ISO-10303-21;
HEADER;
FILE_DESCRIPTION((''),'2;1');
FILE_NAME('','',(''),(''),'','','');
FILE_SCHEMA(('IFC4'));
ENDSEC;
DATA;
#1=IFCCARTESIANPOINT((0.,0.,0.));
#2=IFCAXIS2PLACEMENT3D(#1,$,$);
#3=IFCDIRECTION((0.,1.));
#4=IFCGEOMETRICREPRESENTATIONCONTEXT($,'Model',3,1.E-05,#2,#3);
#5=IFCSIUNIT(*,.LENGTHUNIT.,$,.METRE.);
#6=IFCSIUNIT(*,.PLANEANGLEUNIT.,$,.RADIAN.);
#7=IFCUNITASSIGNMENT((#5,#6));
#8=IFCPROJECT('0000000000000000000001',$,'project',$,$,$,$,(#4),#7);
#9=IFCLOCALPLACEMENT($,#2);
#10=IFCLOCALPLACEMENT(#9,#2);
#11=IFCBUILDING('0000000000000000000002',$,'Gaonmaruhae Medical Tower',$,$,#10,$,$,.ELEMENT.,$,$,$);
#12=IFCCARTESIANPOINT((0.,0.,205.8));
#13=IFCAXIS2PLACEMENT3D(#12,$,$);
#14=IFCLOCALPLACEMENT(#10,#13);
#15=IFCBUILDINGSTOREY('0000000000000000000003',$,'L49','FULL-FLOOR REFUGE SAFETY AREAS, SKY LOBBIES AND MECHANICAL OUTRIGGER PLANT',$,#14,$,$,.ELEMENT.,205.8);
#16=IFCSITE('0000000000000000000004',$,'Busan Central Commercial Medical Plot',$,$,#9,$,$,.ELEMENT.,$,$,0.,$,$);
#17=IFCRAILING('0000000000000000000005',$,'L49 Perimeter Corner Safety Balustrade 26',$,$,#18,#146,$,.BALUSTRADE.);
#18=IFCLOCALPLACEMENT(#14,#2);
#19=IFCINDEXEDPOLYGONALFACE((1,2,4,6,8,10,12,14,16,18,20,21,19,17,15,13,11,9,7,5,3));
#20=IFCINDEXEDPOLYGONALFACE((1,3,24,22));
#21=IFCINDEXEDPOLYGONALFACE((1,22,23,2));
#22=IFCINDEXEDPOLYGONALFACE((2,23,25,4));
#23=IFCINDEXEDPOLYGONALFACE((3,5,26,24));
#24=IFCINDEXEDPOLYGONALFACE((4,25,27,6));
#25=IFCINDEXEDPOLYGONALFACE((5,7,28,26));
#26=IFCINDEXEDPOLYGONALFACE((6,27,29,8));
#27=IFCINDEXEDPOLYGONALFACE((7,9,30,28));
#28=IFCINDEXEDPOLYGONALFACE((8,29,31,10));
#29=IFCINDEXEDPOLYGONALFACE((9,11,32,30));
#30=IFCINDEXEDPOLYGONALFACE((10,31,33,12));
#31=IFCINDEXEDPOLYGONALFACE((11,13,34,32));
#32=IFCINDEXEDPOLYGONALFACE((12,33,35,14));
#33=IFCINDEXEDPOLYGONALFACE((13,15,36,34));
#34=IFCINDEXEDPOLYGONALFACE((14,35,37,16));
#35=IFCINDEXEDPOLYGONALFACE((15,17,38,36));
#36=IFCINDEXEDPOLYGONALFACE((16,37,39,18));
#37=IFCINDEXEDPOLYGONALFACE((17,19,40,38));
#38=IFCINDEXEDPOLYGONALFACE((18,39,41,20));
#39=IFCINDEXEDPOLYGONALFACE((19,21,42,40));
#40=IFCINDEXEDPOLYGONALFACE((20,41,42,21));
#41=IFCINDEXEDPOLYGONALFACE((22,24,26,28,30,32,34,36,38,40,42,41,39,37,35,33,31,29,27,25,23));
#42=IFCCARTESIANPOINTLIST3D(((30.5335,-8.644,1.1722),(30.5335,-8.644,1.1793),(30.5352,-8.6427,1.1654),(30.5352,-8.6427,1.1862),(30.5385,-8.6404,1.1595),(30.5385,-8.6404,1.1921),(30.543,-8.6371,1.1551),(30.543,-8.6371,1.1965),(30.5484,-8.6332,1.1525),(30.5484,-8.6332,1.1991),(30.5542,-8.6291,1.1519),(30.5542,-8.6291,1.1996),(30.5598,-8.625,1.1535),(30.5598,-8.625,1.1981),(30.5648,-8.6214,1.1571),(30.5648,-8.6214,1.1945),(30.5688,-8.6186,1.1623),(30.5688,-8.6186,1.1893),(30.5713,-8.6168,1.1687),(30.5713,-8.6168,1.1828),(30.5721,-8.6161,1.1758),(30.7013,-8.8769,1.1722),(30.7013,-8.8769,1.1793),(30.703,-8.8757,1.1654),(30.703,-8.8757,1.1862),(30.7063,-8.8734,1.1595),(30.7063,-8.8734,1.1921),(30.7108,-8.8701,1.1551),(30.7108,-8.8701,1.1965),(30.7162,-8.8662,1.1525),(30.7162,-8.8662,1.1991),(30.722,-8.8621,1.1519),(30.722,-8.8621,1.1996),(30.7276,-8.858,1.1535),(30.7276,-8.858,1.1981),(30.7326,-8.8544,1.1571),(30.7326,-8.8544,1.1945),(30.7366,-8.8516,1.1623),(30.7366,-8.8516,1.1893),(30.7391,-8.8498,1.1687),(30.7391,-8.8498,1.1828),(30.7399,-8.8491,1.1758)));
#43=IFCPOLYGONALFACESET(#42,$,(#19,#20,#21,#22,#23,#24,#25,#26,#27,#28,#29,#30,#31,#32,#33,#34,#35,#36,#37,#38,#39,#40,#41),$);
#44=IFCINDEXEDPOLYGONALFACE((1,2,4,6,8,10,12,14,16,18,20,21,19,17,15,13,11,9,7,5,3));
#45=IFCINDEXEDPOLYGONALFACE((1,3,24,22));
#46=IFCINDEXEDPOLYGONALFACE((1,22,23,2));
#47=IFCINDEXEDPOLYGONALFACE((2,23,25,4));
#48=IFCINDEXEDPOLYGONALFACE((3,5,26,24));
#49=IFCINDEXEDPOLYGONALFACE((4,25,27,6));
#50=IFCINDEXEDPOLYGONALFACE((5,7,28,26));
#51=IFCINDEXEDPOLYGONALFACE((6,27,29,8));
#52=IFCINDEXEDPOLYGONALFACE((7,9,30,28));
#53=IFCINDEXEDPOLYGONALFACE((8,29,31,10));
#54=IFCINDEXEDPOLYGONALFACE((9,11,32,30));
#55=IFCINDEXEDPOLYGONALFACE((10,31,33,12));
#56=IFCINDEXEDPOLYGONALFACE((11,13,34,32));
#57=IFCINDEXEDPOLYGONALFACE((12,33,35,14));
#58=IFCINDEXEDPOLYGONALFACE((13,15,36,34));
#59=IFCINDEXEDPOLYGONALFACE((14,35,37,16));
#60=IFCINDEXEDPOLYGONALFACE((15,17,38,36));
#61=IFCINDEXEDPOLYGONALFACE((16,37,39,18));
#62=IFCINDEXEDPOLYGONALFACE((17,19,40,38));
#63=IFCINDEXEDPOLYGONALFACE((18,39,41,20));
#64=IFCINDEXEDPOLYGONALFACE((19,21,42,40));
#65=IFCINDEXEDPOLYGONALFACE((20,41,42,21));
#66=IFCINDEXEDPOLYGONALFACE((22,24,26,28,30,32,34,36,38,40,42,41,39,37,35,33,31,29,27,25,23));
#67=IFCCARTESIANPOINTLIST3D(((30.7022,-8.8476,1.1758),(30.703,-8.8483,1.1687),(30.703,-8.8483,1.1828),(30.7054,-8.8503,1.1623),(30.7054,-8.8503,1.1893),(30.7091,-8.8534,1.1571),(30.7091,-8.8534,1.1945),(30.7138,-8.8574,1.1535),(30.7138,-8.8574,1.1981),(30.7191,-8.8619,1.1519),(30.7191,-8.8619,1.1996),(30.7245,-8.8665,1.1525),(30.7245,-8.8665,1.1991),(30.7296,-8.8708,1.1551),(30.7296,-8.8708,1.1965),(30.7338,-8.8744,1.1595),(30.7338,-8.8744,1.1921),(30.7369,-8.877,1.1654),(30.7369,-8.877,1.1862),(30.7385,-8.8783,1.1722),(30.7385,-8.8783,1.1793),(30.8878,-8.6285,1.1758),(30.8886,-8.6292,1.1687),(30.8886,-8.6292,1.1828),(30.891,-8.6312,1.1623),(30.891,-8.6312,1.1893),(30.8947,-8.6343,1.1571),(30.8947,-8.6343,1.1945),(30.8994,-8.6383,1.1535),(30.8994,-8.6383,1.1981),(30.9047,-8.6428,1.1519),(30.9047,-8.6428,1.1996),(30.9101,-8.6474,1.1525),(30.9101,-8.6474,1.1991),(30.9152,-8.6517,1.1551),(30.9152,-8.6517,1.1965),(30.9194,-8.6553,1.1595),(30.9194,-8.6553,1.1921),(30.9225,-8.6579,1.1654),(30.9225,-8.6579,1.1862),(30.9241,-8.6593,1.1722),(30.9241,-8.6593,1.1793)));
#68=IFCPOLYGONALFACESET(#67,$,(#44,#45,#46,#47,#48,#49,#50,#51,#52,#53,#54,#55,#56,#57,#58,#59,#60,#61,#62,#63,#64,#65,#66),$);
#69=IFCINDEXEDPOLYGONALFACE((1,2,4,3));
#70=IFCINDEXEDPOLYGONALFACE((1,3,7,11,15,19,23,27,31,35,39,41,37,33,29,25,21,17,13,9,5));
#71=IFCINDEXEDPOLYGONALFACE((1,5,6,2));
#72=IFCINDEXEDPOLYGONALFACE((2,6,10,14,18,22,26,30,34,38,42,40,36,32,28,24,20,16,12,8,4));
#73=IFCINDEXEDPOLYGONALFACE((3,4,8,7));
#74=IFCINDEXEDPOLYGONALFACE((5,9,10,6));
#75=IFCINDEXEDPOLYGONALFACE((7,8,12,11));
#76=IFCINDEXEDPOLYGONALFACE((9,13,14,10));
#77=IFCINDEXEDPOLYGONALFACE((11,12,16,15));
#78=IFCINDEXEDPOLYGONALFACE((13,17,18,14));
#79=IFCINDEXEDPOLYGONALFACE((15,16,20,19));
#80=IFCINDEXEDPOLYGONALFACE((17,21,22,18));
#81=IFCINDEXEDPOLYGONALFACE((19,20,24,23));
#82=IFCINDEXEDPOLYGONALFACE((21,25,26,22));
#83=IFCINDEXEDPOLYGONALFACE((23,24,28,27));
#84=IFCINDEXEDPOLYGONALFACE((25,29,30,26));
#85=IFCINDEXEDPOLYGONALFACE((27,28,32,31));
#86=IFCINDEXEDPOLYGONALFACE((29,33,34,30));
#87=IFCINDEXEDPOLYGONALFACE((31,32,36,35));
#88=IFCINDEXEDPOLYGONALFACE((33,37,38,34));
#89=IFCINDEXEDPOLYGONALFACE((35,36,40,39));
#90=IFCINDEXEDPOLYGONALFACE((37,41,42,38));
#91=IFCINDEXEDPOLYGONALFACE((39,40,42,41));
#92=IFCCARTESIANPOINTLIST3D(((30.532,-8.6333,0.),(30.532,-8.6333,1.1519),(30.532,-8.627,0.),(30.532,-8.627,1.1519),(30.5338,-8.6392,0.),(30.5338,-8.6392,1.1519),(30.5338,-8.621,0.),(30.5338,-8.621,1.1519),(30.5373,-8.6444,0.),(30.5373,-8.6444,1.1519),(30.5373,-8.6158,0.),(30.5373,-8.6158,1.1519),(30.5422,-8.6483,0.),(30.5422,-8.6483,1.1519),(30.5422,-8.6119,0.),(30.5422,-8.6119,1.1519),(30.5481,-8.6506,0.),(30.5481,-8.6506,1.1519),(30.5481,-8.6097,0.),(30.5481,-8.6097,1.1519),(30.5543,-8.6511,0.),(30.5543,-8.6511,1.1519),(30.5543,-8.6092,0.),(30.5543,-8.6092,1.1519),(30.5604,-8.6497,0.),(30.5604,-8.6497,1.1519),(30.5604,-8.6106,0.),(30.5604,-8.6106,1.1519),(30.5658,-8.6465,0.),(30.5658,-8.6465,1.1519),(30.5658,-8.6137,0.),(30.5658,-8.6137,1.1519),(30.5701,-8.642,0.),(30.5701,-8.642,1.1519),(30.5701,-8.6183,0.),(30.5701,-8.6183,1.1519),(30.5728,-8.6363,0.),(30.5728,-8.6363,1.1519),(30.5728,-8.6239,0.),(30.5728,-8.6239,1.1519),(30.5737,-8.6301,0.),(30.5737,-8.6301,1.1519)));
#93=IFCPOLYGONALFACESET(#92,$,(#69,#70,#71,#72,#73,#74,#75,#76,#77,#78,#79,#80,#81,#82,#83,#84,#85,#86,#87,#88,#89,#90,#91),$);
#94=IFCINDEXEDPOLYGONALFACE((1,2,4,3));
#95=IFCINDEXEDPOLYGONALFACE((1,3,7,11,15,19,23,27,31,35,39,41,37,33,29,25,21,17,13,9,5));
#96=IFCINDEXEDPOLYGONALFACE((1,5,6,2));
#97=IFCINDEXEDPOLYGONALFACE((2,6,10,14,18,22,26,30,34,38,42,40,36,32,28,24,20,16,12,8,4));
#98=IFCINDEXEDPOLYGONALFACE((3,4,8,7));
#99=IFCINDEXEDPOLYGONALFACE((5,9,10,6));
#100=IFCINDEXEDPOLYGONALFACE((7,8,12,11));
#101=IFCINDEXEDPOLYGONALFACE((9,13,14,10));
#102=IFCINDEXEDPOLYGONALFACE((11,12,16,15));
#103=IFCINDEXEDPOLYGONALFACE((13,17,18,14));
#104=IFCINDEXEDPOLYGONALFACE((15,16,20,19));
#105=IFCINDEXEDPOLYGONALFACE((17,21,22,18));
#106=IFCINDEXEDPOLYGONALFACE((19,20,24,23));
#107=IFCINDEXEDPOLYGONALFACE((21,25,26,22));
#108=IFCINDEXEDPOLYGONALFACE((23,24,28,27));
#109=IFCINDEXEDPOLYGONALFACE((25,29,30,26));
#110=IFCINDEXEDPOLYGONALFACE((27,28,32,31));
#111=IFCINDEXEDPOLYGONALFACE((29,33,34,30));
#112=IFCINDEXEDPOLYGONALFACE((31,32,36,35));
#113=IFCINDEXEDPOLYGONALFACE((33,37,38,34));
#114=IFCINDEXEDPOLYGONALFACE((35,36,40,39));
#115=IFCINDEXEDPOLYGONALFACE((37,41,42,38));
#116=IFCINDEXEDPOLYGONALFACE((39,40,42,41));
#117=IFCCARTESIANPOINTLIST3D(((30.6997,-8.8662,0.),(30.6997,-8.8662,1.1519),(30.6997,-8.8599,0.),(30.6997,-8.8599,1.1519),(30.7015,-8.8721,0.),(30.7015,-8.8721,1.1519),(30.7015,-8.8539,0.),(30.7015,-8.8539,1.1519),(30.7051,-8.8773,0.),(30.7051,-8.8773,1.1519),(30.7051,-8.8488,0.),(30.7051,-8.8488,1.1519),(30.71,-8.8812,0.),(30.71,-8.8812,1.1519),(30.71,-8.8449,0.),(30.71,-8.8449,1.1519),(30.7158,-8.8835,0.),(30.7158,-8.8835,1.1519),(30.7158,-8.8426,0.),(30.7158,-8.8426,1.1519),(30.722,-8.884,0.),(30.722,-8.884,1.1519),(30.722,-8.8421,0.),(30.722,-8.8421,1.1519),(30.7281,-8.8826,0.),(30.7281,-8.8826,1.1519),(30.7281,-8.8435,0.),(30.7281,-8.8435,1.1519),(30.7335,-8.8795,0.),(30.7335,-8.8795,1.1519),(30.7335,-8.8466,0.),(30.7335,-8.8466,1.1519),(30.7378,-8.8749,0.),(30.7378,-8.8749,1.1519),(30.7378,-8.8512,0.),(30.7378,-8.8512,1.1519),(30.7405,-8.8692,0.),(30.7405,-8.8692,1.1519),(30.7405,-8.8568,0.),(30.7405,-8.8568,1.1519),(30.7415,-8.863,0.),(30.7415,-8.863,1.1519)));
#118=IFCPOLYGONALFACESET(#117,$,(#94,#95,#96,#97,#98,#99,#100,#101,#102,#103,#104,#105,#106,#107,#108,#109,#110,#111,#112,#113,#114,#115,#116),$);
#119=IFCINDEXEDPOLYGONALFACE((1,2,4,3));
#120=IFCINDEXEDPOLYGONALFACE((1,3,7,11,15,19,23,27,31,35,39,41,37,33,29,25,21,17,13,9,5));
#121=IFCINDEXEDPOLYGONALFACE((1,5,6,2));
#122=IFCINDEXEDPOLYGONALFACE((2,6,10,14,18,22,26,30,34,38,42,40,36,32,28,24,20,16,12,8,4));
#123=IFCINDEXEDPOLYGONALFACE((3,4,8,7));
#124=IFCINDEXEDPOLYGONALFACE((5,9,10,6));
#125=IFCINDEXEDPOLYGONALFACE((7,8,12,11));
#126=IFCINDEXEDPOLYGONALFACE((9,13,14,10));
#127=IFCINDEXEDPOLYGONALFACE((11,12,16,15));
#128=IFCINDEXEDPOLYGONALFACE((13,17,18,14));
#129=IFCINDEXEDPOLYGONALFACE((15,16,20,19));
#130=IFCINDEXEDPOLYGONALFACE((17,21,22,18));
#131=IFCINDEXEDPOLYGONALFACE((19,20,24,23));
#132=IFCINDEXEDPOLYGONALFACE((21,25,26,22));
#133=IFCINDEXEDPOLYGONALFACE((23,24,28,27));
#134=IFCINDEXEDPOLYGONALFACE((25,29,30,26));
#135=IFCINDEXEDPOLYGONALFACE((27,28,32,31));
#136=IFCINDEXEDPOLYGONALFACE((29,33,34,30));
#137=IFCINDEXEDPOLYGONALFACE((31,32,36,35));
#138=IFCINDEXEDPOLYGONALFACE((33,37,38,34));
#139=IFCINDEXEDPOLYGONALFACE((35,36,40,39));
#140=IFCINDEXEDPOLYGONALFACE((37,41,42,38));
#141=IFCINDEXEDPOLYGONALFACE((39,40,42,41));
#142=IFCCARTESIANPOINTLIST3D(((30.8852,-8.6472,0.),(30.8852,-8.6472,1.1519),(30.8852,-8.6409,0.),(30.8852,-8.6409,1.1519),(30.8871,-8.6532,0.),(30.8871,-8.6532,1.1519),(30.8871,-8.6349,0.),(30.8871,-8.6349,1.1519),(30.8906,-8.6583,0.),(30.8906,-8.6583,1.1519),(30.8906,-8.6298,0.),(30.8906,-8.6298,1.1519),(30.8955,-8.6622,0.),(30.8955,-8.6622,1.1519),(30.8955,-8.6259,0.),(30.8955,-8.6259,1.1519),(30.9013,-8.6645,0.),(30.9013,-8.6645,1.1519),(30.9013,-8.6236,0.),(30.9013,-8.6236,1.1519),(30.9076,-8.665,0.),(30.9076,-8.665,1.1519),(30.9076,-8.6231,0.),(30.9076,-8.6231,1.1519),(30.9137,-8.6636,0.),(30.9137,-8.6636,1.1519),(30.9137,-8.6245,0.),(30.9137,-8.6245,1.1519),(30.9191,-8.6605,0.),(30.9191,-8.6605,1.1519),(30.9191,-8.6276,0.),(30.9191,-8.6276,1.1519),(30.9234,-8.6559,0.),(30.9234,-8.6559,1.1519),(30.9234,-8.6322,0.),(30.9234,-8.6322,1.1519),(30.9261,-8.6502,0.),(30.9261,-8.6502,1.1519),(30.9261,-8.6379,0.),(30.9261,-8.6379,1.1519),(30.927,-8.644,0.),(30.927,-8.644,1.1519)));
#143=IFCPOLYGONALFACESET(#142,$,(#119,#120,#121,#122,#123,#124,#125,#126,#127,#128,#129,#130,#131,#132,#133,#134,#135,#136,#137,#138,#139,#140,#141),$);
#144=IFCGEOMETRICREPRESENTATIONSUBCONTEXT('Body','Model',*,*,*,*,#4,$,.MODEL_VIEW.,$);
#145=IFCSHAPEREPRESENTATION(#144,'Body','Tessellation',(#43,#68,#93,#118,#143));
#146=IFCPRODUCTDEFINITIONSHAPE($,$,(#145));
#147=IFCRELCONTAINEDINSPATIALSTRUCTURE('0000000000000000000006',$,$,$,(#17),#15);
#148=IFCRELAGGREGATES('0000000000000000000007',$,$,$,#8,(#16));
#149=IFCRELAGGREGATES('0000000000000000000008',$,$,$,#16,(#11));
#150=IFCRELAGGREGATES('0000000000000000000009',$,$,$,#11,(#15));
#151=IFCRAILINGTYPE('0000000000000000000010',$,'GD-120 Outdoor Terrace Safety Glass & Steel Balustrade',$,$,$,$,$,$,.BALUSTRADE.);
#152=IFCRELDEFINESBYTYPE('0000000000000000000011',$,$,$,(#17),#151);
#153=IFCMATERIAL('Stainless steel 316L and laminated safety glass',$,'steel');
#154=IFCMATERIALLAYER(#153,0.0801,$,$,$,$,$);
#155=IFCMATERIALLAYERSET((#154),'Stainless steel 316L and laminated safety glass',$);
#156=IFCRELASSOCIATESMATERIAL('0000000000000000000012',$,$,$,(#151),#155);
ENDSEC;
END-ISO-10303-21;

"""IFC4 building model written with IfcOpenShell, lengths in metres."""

from ifc_helpers import new_model, si_unit, direction, frame, origin, origin_2d, place, context, subcontext, project, spatial, circle, extrude, material, layer, layer_set, type_object, element, save


model = new_model("IFC4")

# Units and contexts
model_context = context("Model", 3, precision=1e-05, world=origin(), true_north=direction((0.0, 1.0)))
body_context = subcontext(model_context, "Body", "Model", "MODEL_VIEW")
ifc_project = project(units=[si_unit("LENGTHUNIT", "METRE"), si_unit("PLANEANGLEUNIT", "RADIAN")], contexts=[model_context])

# Site, building, storey
site_placement = place(None, origin())
site = spatial("IfcSite", under=ifc_project, at=site_placement, Name="Busan Central Commercial Medical Plot", CompositionType="ELEMENT", RefElevation=0.0)
building_placement = place(site_placement, origin())
building = spatial("IfcBuilding", under=site, at=building_placement, Name="Gaonmaruhae Medical Tower", CompositionType="ELEMENT")
storey_placement = place(building_placement, frame((0.0, 0.0, 205.8)))
storey = spatial("IfcBuildingStorey", under=building, at=storey_placement, Name="L49", Description="FULL-FLOOR REFUGE SAFETY AREAS, SKY LOBBIES AND MECHANICAL OUTRIGGER PLANT", CompositionType="ELEMENT", Elevation=205.8)

# Railing
ifc_material_1 = material(Name="Stainless steel 316L and laminated safety glass", Category="steel")
ifc_layer_1 = layer(ifc_material_1, 0.0801)
ifc_layer_set_1 = layer_set([ifc_layer_1], Name="Stainless steel 316L and laminated safety glass")
railing_type = type_object("IfcRailingType", Name="GD-120 Outdoor Terrace Safety Glass & Steel Balustrade", PredefinedType="BALUSTRADE", material=ifc_layer_set_1)
railing_1_placement = place(storey_placement, frame((30.5527, -8.6301, 0.0)))
element("IfcRailing", 1, at=railing_1_placement, inside=storey, type_object=railing_type, Name="L49 Perimeter Corner Safety Balustrade 26", PredefinedType="BALUSTRADE", context=body_context, shape_type="SweptSolid", body=[
    extrude(circle(Radius=0.0239, at=origin_2d()), frame((0.0, 0.0, 1.1758), z_axis=(0.584372, -0.811486, 0.0), x_axis=(0.811486, 0.584372, 0.0)), (0.0, 0.0, 1.0), 0.2871),
    extrude(circle(Radius=0.0239, at=origin_2d()), frame((0.1677, -0.2329, 1.1758), z_axis=(0.646438, 0.762967, 0.0), x_axis=(-0.762967, 0.646438, 0.0)), (0.0, 0.0, 1.0), 0.2871),
    extrude(circle(Radius=0.021, at=origin_2d()), origin(), (0.0, 0.0, 1.0), 1.1519),
    extrude(circle(Radius=0.021, at=origin_2d()), frame((0.1677, -0.2329, 0.0)), (0.0, 0.0, 1.0), 1.1519),
    extrude(circle(Radius=0.021, at=origin_2d()), frame((0.3533, -0.0139, 0.0)), (0.0, 0.0, 1.0), 1.1519),
])

save(model, "model.ifc")
